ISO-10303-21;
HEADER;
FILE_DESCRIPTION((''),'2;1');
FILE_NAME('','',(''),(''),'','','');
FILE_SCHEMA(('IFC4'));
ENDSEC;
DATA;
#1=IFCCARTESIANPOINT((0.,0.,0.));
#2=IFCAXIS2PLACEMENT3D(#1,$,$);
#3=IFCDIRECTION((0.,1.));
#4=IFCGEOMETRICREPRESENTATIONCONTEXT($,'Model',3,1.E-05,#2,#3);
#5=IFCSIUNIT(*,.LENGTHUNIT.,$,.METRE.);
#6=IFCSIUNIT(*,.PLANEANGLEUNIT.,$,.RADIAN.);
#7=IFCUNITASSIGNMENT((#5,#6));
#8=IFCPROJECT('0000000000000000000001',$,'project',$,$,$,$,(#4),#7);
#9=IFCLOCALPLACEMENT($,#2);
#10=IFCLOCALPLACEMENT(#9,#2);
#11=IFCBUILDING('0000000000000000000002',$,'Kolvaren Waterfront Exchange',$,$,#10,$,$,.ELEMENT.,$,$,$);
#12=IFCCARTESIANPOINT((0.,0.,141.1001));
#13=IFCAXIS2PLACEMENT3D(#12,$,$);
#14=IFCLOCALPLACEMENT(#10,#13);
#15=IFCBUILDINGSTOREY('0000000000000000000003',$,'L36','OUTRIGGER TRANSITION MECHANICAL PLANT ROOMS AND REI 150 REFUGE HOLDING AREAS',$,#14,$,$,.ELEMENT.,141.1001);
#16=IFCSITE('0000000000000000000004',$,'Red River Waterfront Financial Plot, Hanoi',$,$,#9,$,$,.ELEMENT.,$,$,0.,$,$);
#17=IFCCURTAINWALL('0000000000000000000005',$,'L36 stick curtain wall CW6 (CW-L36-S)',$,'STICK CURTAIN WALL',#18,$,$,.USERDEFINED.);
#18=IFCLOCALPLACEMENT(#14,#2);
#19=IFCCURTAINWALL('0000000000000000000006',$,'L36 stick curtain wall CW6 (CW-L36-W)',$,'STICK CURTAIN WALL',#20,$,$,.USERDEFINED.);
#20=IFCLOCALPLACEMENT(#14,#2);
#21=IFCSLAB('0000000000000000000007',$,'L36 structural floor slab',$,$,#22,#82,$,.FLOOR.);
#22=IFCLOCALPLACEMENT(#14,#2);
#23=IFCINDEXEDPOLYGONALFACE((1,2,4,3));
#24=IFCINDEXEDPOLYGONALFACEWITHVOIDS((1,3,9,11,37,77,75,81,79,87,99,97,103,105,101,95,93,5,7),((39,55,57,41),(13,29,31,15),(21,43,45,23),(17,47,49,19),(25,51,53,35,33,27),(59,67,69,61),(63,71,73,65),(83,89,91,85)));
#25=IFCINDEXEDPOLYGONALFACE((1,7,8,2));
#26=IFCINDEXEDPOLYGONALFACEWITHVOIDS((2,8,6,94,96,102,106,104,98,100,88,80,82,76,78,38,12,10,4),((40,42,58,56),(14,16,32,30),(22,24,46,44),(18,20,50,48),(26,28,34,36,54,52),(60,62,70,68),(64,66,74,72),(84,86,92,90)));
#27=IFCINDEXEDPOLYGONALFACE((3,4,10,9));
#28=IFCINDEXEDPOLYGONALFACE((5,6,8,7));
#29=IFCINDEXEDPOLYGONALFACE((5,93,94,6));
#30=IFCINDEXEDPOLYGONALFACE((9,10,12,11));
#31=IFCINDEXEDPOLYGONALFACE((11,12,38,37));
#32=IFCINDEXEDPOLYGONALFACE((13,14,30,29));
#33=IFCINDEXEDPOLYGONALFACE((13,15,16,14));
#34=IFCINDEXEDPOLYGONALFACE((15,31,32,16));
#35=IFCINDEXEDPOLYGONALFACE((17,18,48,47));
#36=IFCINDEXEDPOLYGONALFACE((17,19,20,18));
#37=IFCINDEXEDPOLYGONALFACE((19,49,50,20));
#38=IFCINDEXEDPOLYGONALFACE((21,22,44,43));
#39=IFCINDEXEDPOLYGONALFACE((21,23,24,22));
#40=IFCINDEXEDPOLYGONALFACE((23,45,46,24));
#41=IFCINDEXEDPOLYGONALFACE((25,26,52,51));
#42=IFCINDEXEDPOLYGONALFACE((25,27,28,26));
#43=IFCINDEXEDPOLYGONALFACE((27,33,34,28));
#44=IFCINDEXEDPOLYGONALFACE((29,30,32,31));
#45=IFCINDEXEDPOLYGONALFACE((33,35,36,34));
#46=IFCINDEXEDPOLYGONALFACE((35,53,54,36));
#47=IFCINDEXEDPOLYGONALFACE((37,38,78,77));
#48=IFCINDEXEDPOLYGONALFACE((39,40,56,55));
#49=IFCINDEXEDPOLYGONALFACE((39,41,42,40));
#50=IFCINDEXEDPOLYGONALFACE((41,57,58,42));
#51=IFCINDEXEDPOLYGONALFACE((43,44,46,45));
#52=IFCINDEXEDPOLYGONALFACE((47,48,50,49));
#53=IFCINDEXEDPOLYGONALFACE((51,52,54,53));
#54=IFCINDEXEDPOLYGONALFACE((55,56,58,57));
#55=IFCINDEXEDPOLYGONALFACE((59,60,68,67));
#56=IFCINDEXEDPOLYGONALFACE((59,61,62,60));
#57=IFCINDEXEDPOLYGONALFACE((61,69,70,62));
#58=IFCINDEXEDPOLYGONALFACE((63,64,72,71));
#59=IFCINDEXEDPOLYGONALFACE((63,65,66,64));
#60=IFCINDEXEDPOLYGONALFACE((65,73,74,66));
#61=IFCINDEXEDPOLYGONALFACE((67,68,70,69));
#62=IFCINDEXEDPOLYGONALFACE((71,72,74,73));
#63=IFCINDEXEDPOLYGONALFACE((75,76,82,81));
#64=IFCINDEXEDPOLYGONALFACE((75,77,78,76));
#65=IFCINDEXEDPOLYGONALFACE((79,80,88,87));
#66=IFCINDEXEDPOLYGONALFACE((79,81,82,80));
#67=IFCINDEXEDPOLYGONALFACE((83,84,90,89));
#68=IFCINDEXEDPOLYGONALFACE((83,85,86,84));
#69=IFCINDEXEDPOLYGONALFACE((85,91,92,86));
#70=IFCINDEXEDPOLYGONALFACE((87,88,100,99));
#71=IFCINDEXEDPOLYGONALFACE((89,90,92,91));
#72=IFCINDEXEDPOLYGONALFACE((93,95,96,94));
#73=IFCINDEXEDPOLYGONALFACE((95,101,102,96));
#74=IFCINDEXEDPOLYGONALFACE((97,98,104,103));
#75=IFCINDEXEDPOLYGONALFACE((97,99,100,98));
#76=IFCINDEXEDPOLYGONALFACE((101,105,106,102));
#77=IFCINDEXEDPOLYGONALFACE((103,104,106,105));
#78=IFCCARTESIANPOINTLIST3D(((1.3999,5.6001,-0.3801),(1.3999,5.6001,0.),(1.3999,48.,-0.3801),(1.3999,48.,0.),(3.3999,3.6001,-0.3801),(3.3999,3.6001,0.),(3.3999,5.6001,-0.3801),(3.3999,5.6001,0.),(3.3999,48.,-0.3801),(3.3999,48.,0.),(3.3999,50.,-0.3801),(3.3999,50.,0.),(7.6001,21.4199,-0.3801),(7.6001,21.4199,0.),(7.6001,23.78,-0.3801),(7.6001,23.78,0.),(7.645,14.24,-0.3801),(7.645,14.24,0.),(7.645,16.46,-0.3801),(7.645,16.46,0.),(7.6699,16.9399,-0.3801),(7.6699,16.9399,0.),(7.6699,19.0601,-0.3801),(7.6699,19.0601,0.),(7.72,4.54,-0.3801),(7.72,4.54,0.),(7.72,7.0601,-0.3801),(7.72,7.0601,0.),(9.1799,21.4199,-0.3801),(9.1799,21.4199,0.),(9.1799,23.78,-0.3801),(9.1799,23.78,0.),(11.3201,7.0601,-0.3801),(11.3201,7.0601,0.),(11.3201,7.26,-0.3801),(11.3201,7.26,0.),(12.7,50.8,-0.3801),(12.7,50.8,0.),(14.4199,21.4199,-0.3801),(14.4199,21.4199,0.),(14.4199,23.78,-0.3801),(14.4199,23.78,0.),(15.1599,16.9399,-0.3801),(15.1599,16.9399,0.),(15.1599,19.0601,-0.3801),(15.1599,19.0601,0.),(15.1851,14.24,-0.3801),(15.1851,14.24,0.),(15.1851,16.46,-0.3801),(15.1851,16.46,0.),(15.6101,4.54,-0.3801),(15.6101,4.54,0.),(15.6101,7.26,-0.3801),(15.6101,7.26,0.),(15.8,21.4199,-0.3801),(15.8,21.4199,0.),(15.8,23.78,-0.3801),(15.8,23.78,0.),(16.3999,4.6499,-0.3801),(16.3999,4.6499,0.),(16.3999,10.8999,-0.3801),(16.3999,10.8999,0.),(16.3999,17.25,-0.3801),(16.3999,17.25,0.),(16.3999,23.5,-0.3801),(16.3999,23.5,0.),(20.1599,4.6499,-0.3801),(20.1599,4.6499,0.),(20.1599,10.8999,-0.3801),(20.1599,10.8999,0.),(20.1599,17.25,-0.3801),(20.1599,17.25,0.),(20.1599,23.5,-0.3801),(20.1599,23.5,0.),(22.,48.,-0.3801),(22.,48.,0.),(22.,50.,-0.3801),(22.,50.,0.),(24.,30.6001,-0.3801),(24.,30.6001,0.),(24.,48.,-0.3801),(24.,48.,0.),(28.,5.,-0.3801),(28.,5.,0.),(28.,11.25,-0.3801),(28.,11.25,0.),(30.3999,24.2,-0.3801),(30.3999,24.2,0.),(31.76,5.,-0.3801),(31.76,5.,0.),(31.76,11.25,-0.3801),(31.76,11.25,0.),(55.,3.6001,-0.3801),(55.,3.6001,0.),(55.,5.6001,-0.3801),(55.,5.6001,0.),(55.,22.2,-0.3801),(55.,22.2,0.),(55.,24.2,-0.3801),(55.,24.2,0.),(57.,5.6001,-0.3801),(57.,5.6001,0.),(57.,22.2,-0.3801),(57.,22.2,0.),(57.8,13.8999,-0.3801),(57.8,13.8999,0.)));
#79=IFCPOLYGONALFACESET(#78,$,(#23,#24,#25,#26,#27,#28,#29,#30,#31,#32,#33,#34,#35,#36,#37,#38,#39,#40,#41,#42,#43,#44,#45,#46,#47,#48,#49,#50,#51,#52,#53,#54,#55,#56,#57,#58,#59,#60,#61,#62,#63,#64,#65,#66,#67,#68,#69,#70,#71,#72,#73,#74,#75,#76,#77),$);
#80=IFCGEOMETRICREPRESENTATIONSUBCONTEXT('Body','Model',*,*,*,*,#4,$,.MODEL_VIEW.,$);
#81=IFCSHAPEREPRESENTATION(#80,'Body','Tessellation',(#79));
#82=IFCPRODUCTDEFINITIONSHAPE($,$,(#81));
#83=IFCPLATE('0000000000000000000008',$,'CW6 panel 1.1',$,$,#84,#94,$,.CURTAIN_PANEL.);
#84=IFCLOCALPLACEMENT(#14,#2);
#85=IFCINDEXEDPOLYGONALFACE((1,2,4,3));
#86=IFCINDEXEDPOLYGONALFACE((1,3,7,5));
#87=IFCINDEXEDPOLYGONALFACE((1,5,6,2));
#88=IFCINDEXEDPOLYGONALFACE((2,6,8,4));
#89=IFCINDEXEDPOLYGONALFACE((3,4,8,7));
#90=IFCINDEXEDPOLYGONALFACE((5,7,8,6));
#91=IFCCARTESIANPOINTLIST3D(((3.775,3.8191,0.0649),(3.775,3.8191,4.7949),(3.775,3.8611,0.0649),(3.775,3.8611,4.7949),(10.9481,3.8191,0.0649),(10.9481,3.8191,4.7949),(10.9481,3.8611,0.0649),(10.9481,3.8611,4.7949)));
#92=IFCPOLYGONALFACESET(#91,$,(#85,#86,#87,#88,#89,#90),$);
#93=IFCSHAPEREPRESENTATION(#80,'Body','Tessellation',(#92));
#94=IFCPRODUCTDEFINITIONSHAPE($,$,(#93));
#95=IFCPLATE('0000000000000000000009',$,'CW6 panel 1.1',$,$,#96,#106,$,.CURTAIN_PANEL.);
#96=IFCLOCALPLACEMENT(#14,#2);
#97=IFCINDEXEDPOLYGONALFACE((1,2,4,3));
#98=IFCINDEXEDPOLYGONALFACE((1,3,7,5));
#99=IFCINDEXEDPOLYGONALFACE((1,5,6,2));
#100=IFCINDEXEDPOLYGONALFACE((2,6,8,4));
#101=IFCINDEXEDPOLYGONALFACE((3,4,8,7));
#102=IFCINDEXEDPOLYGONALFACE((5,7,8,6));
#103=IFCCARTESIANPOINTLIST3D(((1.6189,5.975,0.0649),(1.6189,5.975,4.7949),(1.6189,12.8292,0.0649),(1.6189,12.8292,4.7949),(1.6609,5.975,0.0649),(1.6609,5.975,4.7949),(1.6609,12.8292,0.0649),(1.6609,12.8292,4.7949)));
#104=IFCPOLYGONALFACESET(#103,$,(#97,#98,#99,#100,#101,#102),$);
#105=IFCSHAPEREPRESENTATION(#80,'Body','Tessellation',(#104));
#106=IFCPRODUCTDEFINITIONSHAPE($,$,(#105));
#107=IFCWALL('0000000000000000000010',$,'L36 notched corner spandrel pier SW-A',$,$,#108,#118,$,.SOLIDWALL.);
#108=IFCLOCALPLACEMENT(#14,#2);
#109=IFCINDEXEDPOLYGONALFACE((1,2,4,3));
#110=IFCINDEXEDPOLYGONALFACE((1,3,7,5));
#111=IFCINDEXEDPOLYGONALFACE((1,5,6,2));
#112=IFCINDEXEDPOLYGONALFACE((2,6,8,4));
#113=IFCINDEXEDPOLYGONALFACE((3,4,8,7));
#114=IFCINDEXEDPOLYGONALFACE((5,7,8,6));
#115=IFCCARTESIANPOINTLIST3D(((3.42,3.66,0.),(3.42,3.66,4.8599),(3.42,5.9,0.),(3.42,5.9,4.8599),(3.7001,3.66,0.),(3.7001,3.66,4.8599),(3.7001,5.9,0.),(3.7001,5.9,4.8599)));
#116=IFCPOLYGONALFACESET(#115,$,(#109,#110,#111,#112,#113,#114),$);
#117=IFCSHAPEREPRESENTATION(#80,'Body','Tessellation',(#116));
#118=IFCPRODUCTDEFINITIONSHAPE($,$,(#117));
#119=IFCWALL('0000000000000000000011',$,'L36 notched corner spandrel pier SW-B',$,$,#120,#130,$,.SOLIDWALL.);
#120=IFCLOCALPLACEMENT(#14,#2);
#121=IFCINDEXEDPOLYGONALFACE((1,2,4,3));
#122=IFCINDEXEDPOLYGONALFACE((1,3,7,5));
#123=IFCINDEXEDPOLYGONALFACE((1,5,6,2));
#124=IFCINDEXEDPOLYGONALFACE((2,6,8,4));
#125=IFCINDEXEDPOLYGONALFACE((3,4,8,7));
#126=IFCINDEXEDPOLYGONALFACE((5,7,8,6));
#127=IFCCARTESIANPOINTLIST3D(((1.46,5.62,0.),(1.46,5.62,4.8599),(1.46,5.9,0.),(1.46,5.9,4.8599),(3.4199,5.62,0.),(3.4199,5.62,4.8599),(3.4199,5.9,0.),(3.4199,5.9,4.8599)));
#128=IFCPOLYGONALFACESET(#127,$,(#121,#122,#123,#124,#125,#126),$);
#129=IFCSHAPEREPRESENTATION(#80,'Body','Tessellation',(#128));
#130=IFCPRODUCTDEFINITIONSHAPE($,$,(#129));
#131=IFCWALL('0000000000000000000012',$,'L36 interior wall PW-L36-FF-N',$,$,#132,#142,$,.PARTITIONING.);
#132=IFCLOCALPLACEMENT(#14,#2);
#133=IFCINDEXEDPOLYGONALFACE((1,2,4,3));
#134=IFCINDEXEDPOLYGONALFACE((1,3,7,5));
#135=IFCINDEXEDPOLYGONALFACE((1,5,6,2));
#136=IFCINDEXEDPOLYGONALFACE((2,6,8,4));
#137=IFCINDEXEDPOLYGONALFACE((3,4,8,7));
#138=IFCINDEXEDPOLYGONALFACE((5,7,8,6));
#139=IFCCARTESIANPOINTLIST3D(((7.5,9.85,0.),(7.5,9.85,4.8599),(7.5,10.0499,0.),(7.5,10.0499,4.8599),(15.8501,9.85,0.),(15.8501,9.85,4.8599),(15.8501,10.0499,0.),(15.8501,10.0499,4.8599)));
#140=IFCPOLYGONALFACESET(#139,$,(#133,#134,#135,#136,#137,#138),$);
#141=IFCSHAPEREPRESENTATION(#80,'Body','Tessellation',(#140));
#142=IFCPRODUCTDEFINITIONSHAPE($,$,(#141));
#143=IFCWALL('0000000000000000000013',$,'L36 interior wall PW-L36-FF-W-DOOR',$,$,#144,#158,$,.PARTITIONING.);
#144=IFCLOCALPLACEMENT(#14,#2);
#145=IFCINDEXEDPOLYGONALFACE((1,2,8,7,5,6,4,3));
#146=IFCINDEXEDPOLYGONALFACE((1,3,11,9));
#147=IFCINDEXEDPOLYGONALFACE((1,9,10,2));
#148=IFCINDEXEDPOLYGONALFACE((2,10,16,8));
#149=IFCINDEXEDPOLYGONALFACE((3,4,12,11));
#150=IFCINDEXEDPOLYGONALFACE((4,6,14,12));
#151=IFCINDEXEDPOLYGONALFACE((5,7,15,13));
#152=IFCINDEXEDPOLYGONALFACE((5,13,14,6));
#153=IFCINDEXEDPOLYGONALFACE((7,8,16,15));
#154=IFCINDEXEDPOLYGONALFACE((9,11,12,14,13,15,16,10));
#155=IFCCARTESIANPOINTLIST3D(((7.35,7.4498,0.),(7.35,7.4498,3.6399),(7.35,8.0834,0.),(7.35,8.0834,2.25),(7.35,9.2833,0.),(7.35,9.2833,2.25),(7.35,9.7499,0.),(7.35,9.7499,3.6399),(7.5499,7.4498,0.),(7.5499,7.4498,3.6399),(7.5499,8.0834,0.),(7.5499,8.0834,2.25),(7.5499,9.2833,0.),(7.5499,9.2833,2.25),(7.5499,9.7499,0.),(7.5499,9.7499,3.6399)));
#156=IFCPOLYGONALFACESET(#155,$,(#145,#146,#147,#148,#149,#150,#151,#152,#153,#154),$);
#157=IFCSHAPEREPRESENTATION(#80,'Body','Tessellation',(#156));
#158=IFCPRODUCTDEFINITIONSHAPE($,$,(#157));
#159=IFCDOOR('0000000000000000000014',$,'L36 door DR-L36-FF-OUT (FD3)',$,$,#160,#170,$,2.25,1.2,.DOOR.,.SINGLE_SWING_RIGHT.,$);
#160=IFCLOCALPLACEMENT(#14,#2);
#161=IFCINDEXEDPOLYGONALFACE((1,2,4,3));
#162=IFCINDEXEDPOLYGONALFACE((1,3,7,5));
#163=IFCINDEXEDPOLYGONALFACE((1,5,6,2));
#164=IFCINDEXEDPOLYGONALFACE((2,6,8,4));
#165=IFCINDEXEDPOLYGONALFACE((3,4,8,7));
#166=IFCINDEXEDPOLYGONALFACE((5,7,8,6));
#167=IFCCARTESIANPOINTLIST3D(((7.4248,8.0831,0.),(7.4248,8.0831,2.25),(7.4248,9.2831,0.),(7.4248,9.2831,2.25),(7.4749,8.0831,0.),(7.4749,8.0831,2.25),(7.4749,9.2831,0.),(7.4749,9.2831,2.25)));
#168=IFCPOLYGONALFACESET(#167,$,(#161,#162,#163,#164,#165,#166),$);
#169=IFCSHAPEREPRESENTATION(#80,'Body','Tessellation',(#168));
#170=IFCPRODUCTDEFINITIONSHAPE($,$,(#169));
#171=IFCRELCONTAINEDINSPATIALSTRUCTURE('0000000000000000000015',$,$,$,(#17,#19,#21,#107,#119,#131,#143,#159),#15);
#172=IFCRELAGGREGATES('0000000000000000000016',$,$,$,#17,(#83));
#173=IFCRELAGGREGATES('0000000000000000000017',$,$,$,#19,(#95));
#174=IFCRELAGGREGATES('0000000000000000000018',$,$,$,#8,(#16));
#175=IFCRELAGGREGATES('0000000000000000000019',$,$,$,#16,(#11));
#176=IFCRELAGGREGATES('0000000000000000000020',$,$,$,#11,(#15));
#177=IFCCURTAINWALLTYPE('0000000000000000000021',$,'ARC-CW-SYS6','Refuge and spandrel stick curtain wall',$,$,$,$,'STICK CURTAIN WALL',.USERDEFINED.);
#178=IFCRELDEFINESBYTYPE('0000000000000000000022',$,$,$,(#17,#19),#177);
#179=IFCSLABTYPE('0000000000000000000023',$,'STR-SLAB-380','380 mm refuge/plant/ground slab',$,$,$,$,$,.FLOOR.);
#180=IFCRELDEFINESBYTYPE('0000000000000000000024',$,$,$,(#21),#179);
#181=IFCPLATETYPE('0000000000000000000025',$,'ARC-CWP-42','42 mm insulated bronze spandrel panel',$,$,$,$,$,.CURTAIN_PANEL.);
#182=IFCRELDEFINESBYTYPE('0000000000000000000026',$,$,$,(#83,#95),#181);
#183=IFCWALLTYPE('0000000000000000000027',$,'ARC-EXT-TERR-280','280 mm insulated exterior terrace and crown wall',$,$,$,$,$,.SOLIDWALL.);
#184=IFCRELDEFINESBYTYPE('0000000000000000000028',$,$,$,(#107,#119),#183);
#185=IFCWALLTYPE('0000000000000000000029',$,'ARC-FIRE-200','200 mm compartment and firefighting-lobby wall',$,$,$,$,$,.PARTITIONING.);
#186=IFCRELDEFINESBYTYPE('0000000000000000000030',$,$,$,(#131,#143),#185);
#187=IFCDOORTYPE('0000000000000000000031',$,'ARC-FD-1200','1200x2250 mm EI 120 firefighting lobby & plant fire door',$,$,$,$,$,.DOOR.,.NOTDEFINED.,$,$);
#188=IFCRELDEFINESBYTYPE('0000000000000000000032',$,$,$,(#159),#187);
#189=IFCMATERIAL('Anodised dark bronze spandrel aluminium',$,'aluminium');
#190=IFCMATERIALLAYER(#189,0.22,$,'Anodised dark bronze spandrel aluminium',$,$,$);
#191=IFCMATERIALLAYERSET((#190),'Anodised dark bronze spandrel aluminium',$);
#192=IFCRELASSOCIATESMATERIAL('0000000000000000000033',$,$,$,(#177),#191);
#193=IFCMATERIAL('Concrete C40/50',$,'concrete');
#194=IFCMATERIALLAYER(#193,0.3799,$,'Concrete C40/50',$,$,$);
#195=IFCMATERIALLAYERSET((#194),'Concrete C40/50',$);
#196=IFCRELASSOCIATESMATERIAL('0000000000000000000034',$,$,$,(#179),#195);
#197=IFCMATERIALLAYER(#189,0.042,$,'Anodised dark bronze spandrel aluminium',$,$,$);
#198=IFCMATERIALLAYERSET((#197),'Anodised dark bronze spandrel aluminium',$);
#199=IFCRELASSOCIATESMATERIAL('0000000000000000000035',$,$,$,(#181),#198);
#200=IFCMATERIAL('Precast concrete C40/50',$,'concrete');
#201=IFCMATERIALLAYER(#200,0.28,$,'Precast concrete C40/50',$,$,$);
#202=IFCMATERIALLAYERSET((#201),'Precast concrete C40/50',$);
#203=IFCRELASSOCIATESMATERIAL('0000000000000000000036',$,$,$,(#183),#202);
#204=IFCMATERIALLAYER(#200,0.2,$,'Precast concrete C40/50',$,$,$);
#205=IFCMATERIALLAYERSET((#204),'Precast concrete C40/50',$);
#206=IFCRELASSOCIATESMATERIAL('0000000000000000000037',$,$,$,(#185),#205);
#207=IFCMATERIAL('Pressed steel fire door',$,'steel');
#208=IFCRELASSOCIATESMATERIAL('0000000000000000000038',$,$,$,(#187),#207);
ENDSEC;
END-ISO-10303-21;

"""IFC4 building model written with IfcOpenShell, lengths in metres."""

from ifc_helpers import new_model, si_unit, direction, frame, frame_2d, origin, origin_with_axes, origin_2d, place, context, subcontext, project, spatial, polyline, rectangle, outline, extrude, source, transform, mapped, material, layer, layer_set, type_object, element, fill, aggregate, save


model = new_model("IFC4")

# Units and contexts
model_context = context("Model", 3, precision=1e-05, world=origin(), true_north=direction((0.0, 1.0)))
body_context = subcontext(model_context, "Body", "Model", "MODEL_VIEW")
ifc_project = project(units=[si_unit("LENGTHUNIT", "METRE"), si_unit("PLANEANGLEUNIT", "RADIAN")], contexts=[model_context])

# Site, building, storey
site_placement = place(None, origin())
site = spatial("IfcSite", under=ifc_project, at=site_placement, Name="Red River Waterfront Financial Plot, Hanoi", CompositionType="ELEMENT", RefElevation=0.0)
building_placement = place(site_placement, origin())
building = spatial("IfcBuilding", under=site, at=building_placement, Name="Kolvaren Waterfront Exchange", CompositionType="ELEMENT")
storey_placement = place(building_placement, frame((0.0, 0.0, 141.1001)))
storey = spatial("IfcBuildingStorey", under=building, at=storey_placement, Name="L36", Description="OUTRIGGER TRANSITION MECHANICAL PLANT ROOMS AND REI 150 REFUGE HOLDING AREAS", CompositionType="ELEMENT", Elevation=141.1001)

# Curtain walls
ifc_material_1 = material(Name="Anodised dark bronze spandrel aluminium", Category="aluminium")
ifc_layer_1 = layer(ifc_material_1, 0.22, Name="Anodised dark bronze spandrel aluminium")
ifc_layer_set_1 = layer_set([ifc_layer_1], Name="Anodised dark bronze spandrel aluminium")
curtain_wall_type = type_object("IfcCurtainWallType", Name="ARC-CW-SYS6", Description="Refuge and spandrel stick curtain wall", ElementType="STICK CURTAIN WALL", PredefinedType="USERDEFINED", material=ifc_layer_set_1)
curtain_wall_1_placement = place(storey_placement, origin())
curtain_wall_1 = element("IfcCurtainWall", 1, at=curtain_wall_1_placement, inside=storey, type_object=curtain_wall_type, Name="L36 stick curtain wall CW6 (CW-L36-S)", ObjectType="STICK CURTAIN WALL", PredefinedType="USERDEFINED")
curtain_wall_2_placement = place(storey_placement, origin())
curtain_wall_2 = element("IfcCurtainWall", 2, at=curtain_wall_2_placement, inside=storey, type_object=curtain_wall_type, Name="L36 stick curtain wall CW6 (CW-L36-W)", ObjectType="STICK CURTAIN WALL", PredefinedType="USERDEFINED")

# Shared definitions
ifc_material_2 = material(Name="Concrete C40/50", Category="concrete")

# Slab
ifc_layer_2 = layer(ifc_material_2, 0.3799, Name="Concrete C40/50")
ifc_layer_set_2 = layer_set([ifc_layer_2], Name="Concrete C40/50")
slab_type_1 = type_object("IfcSlabType", Name="STR-SLAB-380", Description="380 mm refuge/plant/ground slab", PredefinedType="FLOOR", material=ifc_layer_set_2)
slab_1_placement = place(storey_placement, frame((0.0, 0.0, -0.3801)))
element("IfcSlab", 3, at=slab_1_placement, inside=storey, type_object=slab_type_1, Name="L36 structural floor slab", PredefinedType="FLOOR", context=body_context, shape_type="SweptSolid", body=[
    extrude(outline(polyline([(3.3999, 3.6001), (55.0, 3.6001), (55.0, 5.6001), (57.0, 5.6001), (57.8, 13.8999), (57.0, 22.2), (55.0, 22.2), (55.0, 24.2), (30.3999, 24.2), (24.0, 30.6001), (24.0, 48.0), (22.0, 48.0), (22.0, 50.0), (12.7, 50.8), (3.3999, 50.0), (3.3999, 48.0), (1.3999, 48.0), (1.3999, 5.6001), (3.3999, 5.6001), (3.3999, 3.6001)]), holes=[polyline([(11.3201, 7.26), (15.6101, 7.26), (15.6101, 4.54), (7.72, 4.54), (7.72, 7.0601), (11.3201, 7.0601), (11.3201, 7.26)]), polyline([(20.1599, 10.8999), (20.1599, 4.6499), (16.3999, 4.6499), (16.3999, 10.8999), (20.1599, 10.8999)]), polyline([(31.76, 11.25), (31.76, 5.0), (28.0, 5.0), (28.0, 11.25), (31.76, 11.25)]), polyline([(15.1851, 14.24), (7.645, 14.24), (7.645, 16.46), (15.1851, 16.46), (15.1851, 14.24)]), polyline([(15.1599, 16.9399), (7.6699, 16.9399), (7.6699, 19.0601), (15.1599, 19.0601), (15.1599, 16.9399)]), polyline([(16.3999, 23.5), (20.1599, 23.5), (20.1599, 17.25), (16.3999, 17.25), (16.3999, 23.5)]), polyline([(7.6001, 23.78), (9.1799, 23.78), (9.1799, 21.4199), (7.6001, 21.4199), (7.6001, 23.78)]), polyline([(15.8, 23.78), (15.8, 21.4199), (14.4199, 21.4199), (14.4199, 23.78), (15.8, 23.78)])]), origin(), (0.0, 0.0, 1.0), 0.3801),
])

# Plates
ifc_layer_3 = layer(ifc_material_1, 0.042, Name="Anodised dark bronze spandrel aluminium")
ifc_layer_set_3 = layer_set([ifc_layer_3], Name="Anodised dark bronze spandrel aluminium")
plate_type = type_object("IfcPlateType", Name="ARC-CWP-42", Description="42 mm insulated bronze spandrel panel", PredefinedType="CURTAIN_PANEL", material=ifc_layer_set_3)
shared_shape_1 = source(origin_with_axes(), body_context, "Body", "SweptSolid", [
    extrude(rectangle(XDim=7.1731, YDim=0.042, at=origin_2d()), origin(), (0.0, 0.0, 1.0), 4.73),
])
plate_1_placement = place(storey_placement, frame((7.3616, 3.8401, 0.0649), z_axis=(0.0, 0.0, 1.0), x_axis=(1.0, 0.0, 0.0)))
plate_1 = element("IfcPlate", 4, at=plate_1_placement, type_object=plate_type, Name="CW6 panel 1.1", PredefinedType="CURTAIN_PANEL", context=body_context, shape_type="MappedRepresentation", body=[
    mapped(shared_shape_1, transform((0.0, 0.0, 0.0), x_axis=(1.0, 0.0, 0.0), y_axis=(0.0, 1.0, 0.0), z_axis=(0.0, 0.0, 1.0), scale=1.0)),
])
aggregate(curtain_wall_1, [plate_1])
shared_shape_2 = source(origin_with_axes(), body_context, "Body", "SweptSolid", [
    extrude(rectangle(XDim=6.8542, YDim=0.042, at=origin_2d()), origin(), (0.0, 0.0, 1.0), 4.73),
])
plate_2_placement = place(storey_placement, frame((1.6399, 9.4021, 0.0649), z_axis=(0.0, 0.0, 1.0), x_axis=(0.0, 1.0, 0.0)))
plate_2 = element("IfcPlate", 5, at=plate_2_placement, type_object=plate_type, Name="CW6 panel 1.1", PredefinedType="CURTAIN_PANEL", context=body_context, shape_type="MappedRepresentation", body=[
    mapped(shared_shape_2, transform((0.0, 0.0, 0.0), x_axis=(1.0, 0.0, 0.0), y_axis=(0.0, 1.0, 0.0), z_axis=(0.0, 0.0, 1.0), scale=1.0)),
])
aggregate(curtain_wall_2, [plate_2])

# Walls
ifc_material_3 = material(Name="Precast concrete C40/50", Category="concrete")
ifc_layer_4 = layer(ifc_material_3, 0.28, Name="Precast concrete C40/50")
ifc_layer_set_4 = layer_set([ifc_layer_4], Name="Precast concrete C40/50")
wall_type_1 = type_object("IfcWallType", Name="ARC-EXT-TERR-280", Description="280 mm insulated exterior terrace and crown wall", PredefinedType="SOLIDWALL", material=ifc_layer_set_4)
wall_1_placement = place(storey_placement, frame((3.5601, 3.6599, 0.0), z_axis=(0.0, 0.0, 1.0), x_axis=(0.0, 1.0, 0.0)))
element("IfcWall", 6, at=wall_1_placement, inside=storey, type_object=wall_type_1, Name="L36 notched corner spandrel pier SW-A", PredefinedType="SOLIDWALL", context=body_context, shape_type="SweptSolid", body=[
    extrude(rectangle(XDim=2.24, YDim=0.28, at=frame_2d((1.1201, 0.0))), origin(), (0.0, 0.0, 1.0), 4.8599),
])
wall_2_placement = place(storey_placement, frame((1.46, 5.76, 0.0), z_axis=(0.0, 0.0, 1.0), x_axis=(1.0, 0.0, 0.0)))
element("IfcWall", 7, at=wall_2_placement, inside=storey, type_object=wall_type_1, Name="L36 notched corner spandrel pier SW-B", PredefinedType="SOLIDWALL", context=body_context, shape_type="SweptSolid", body=[
    extrude(rectangle(XDim=1.96, YDim=0.28, at=frame_2d((0.98, 0.0))), origin(), (0.0, 0.0, 1.0), 4.8599),
])
ifc_layer_5 = layer(ifc_material_3, 0.2, Name="Precast concrete C40/50")
ifc_layer_set_5 = layer_set([ifc_layer_5], Name="Precast concrete C40/50")
wall_type_2 = type_object("IfcWallType", Name="ARC-FIRE-200", Description="200 mm compartment and firefighting-lobby wall", PredefinedType="PARTITIONING", material=ifc_layer_set_5)
wall_3_placement = place(storey_placement, frame((7.5, 9.95, 0.0), z_axis=(0.0, 0.0, 1.0), x_axis=(1.0, 0.0, 0.0)))
element("IfcWall", 8, at=wall_3_placement, inside=storey, type_object=wall_type_2, Name="L36 interior wall PW-L36-FF-N", PredefinedType="PARTITIONING", context=body_context, shape_type="SweptSolid", body=[
    extrude(rectangle(XDim=8.3501, YDim=0.2, at=frame_2d((4.175, 0.0))), origin(), (0.0, 0.0, 1.0), 4.8599),
])

# Wall, opening, door
wall_4_placement = place(storey_placement, frame((7.45, 7.45, 0.0), z_axis=(0.0, 0.0, 1.0), x_axis=(0.0, 1.0, 0.0)))
wall_4 = element("IfcWall", 9, at=wall_4_placement, inside=storey, type_object=wall_type_2, Name="L36 interior wall PW-L36-FF-W-DOOR", PredefinedType="PARTITIONING", context=body_context, shape_type="SweptSolid", body=[
    extrude(rectangle(XDim=2.3, YDim=0.2, at=frame_2d((1.1499, 0.0))), origin(), (0.0, 0.0, 1.0), 3.6399),
])
opening_1_placement = place(wall_4_placement, frame((0.6333, 0.0, 0.0)))
opening_1 = element("IfcOpeningElement", 10, at=opening_1_placement, cuts=wall_4, PredefinedType="OPENING", context=body_context, shape_type="SweptSolid", body=[
    extrude(rectangle(XDim=1.2, YDim=2.25, at=frame_2d((0.6001, 1.125))), frame((0.0, 0.1099, 0.0), z_axis=(0.0, -1.0, 0.0), x_axis=(1.0, 0.0, 0.0)), (0.0, 0.0, 1.0), 0.22),
])
ifc_material_4 = material(Name="Pressed steel fire door", Category="steel")
door_type_1 = type_object("IfcDoorType", Name="ARC-FD-1200", Description="1200x2250 mm EI 120 firefighting lobby & plant fire door", OperationType="NOTDEFINED", PredefinedType="DOOR", material=ifc_material_4)
door_1_placement = place(opening_1_placement, frame((1.2, 0.0, 0.0), z_axis=(0.0, 0.0, 1.0), x_axis=(-1.0, 0.0, 0.0)))
door_1 = element("IfcDoor", 11, at=door_1_placement, inside=storey, type_object=door_type_1, Name="L36 door DR-L36-FF-OUT (FD3)", OperationType="SINGLE_SWING_RIGHT", OverallHeight=2.25, OverallWidth=1.2, PredefinedType="DOOR", context=body_context, shape_type="SweptSolid", body=[
    extrude(rectangle(XDim=1.2, YDim=2.25, at=frame_2d((0.6001, 1.125))), frame((0.0, 0.0249, 0.0), z_axis=(0.0, -1.0, 0.0), x_axis=(1.0, 0.0, 0.0)), (0.0, 0.0, 1.0), 0.05),
])
fill(opening_1, door_1)

save(model, "model.ifc")
